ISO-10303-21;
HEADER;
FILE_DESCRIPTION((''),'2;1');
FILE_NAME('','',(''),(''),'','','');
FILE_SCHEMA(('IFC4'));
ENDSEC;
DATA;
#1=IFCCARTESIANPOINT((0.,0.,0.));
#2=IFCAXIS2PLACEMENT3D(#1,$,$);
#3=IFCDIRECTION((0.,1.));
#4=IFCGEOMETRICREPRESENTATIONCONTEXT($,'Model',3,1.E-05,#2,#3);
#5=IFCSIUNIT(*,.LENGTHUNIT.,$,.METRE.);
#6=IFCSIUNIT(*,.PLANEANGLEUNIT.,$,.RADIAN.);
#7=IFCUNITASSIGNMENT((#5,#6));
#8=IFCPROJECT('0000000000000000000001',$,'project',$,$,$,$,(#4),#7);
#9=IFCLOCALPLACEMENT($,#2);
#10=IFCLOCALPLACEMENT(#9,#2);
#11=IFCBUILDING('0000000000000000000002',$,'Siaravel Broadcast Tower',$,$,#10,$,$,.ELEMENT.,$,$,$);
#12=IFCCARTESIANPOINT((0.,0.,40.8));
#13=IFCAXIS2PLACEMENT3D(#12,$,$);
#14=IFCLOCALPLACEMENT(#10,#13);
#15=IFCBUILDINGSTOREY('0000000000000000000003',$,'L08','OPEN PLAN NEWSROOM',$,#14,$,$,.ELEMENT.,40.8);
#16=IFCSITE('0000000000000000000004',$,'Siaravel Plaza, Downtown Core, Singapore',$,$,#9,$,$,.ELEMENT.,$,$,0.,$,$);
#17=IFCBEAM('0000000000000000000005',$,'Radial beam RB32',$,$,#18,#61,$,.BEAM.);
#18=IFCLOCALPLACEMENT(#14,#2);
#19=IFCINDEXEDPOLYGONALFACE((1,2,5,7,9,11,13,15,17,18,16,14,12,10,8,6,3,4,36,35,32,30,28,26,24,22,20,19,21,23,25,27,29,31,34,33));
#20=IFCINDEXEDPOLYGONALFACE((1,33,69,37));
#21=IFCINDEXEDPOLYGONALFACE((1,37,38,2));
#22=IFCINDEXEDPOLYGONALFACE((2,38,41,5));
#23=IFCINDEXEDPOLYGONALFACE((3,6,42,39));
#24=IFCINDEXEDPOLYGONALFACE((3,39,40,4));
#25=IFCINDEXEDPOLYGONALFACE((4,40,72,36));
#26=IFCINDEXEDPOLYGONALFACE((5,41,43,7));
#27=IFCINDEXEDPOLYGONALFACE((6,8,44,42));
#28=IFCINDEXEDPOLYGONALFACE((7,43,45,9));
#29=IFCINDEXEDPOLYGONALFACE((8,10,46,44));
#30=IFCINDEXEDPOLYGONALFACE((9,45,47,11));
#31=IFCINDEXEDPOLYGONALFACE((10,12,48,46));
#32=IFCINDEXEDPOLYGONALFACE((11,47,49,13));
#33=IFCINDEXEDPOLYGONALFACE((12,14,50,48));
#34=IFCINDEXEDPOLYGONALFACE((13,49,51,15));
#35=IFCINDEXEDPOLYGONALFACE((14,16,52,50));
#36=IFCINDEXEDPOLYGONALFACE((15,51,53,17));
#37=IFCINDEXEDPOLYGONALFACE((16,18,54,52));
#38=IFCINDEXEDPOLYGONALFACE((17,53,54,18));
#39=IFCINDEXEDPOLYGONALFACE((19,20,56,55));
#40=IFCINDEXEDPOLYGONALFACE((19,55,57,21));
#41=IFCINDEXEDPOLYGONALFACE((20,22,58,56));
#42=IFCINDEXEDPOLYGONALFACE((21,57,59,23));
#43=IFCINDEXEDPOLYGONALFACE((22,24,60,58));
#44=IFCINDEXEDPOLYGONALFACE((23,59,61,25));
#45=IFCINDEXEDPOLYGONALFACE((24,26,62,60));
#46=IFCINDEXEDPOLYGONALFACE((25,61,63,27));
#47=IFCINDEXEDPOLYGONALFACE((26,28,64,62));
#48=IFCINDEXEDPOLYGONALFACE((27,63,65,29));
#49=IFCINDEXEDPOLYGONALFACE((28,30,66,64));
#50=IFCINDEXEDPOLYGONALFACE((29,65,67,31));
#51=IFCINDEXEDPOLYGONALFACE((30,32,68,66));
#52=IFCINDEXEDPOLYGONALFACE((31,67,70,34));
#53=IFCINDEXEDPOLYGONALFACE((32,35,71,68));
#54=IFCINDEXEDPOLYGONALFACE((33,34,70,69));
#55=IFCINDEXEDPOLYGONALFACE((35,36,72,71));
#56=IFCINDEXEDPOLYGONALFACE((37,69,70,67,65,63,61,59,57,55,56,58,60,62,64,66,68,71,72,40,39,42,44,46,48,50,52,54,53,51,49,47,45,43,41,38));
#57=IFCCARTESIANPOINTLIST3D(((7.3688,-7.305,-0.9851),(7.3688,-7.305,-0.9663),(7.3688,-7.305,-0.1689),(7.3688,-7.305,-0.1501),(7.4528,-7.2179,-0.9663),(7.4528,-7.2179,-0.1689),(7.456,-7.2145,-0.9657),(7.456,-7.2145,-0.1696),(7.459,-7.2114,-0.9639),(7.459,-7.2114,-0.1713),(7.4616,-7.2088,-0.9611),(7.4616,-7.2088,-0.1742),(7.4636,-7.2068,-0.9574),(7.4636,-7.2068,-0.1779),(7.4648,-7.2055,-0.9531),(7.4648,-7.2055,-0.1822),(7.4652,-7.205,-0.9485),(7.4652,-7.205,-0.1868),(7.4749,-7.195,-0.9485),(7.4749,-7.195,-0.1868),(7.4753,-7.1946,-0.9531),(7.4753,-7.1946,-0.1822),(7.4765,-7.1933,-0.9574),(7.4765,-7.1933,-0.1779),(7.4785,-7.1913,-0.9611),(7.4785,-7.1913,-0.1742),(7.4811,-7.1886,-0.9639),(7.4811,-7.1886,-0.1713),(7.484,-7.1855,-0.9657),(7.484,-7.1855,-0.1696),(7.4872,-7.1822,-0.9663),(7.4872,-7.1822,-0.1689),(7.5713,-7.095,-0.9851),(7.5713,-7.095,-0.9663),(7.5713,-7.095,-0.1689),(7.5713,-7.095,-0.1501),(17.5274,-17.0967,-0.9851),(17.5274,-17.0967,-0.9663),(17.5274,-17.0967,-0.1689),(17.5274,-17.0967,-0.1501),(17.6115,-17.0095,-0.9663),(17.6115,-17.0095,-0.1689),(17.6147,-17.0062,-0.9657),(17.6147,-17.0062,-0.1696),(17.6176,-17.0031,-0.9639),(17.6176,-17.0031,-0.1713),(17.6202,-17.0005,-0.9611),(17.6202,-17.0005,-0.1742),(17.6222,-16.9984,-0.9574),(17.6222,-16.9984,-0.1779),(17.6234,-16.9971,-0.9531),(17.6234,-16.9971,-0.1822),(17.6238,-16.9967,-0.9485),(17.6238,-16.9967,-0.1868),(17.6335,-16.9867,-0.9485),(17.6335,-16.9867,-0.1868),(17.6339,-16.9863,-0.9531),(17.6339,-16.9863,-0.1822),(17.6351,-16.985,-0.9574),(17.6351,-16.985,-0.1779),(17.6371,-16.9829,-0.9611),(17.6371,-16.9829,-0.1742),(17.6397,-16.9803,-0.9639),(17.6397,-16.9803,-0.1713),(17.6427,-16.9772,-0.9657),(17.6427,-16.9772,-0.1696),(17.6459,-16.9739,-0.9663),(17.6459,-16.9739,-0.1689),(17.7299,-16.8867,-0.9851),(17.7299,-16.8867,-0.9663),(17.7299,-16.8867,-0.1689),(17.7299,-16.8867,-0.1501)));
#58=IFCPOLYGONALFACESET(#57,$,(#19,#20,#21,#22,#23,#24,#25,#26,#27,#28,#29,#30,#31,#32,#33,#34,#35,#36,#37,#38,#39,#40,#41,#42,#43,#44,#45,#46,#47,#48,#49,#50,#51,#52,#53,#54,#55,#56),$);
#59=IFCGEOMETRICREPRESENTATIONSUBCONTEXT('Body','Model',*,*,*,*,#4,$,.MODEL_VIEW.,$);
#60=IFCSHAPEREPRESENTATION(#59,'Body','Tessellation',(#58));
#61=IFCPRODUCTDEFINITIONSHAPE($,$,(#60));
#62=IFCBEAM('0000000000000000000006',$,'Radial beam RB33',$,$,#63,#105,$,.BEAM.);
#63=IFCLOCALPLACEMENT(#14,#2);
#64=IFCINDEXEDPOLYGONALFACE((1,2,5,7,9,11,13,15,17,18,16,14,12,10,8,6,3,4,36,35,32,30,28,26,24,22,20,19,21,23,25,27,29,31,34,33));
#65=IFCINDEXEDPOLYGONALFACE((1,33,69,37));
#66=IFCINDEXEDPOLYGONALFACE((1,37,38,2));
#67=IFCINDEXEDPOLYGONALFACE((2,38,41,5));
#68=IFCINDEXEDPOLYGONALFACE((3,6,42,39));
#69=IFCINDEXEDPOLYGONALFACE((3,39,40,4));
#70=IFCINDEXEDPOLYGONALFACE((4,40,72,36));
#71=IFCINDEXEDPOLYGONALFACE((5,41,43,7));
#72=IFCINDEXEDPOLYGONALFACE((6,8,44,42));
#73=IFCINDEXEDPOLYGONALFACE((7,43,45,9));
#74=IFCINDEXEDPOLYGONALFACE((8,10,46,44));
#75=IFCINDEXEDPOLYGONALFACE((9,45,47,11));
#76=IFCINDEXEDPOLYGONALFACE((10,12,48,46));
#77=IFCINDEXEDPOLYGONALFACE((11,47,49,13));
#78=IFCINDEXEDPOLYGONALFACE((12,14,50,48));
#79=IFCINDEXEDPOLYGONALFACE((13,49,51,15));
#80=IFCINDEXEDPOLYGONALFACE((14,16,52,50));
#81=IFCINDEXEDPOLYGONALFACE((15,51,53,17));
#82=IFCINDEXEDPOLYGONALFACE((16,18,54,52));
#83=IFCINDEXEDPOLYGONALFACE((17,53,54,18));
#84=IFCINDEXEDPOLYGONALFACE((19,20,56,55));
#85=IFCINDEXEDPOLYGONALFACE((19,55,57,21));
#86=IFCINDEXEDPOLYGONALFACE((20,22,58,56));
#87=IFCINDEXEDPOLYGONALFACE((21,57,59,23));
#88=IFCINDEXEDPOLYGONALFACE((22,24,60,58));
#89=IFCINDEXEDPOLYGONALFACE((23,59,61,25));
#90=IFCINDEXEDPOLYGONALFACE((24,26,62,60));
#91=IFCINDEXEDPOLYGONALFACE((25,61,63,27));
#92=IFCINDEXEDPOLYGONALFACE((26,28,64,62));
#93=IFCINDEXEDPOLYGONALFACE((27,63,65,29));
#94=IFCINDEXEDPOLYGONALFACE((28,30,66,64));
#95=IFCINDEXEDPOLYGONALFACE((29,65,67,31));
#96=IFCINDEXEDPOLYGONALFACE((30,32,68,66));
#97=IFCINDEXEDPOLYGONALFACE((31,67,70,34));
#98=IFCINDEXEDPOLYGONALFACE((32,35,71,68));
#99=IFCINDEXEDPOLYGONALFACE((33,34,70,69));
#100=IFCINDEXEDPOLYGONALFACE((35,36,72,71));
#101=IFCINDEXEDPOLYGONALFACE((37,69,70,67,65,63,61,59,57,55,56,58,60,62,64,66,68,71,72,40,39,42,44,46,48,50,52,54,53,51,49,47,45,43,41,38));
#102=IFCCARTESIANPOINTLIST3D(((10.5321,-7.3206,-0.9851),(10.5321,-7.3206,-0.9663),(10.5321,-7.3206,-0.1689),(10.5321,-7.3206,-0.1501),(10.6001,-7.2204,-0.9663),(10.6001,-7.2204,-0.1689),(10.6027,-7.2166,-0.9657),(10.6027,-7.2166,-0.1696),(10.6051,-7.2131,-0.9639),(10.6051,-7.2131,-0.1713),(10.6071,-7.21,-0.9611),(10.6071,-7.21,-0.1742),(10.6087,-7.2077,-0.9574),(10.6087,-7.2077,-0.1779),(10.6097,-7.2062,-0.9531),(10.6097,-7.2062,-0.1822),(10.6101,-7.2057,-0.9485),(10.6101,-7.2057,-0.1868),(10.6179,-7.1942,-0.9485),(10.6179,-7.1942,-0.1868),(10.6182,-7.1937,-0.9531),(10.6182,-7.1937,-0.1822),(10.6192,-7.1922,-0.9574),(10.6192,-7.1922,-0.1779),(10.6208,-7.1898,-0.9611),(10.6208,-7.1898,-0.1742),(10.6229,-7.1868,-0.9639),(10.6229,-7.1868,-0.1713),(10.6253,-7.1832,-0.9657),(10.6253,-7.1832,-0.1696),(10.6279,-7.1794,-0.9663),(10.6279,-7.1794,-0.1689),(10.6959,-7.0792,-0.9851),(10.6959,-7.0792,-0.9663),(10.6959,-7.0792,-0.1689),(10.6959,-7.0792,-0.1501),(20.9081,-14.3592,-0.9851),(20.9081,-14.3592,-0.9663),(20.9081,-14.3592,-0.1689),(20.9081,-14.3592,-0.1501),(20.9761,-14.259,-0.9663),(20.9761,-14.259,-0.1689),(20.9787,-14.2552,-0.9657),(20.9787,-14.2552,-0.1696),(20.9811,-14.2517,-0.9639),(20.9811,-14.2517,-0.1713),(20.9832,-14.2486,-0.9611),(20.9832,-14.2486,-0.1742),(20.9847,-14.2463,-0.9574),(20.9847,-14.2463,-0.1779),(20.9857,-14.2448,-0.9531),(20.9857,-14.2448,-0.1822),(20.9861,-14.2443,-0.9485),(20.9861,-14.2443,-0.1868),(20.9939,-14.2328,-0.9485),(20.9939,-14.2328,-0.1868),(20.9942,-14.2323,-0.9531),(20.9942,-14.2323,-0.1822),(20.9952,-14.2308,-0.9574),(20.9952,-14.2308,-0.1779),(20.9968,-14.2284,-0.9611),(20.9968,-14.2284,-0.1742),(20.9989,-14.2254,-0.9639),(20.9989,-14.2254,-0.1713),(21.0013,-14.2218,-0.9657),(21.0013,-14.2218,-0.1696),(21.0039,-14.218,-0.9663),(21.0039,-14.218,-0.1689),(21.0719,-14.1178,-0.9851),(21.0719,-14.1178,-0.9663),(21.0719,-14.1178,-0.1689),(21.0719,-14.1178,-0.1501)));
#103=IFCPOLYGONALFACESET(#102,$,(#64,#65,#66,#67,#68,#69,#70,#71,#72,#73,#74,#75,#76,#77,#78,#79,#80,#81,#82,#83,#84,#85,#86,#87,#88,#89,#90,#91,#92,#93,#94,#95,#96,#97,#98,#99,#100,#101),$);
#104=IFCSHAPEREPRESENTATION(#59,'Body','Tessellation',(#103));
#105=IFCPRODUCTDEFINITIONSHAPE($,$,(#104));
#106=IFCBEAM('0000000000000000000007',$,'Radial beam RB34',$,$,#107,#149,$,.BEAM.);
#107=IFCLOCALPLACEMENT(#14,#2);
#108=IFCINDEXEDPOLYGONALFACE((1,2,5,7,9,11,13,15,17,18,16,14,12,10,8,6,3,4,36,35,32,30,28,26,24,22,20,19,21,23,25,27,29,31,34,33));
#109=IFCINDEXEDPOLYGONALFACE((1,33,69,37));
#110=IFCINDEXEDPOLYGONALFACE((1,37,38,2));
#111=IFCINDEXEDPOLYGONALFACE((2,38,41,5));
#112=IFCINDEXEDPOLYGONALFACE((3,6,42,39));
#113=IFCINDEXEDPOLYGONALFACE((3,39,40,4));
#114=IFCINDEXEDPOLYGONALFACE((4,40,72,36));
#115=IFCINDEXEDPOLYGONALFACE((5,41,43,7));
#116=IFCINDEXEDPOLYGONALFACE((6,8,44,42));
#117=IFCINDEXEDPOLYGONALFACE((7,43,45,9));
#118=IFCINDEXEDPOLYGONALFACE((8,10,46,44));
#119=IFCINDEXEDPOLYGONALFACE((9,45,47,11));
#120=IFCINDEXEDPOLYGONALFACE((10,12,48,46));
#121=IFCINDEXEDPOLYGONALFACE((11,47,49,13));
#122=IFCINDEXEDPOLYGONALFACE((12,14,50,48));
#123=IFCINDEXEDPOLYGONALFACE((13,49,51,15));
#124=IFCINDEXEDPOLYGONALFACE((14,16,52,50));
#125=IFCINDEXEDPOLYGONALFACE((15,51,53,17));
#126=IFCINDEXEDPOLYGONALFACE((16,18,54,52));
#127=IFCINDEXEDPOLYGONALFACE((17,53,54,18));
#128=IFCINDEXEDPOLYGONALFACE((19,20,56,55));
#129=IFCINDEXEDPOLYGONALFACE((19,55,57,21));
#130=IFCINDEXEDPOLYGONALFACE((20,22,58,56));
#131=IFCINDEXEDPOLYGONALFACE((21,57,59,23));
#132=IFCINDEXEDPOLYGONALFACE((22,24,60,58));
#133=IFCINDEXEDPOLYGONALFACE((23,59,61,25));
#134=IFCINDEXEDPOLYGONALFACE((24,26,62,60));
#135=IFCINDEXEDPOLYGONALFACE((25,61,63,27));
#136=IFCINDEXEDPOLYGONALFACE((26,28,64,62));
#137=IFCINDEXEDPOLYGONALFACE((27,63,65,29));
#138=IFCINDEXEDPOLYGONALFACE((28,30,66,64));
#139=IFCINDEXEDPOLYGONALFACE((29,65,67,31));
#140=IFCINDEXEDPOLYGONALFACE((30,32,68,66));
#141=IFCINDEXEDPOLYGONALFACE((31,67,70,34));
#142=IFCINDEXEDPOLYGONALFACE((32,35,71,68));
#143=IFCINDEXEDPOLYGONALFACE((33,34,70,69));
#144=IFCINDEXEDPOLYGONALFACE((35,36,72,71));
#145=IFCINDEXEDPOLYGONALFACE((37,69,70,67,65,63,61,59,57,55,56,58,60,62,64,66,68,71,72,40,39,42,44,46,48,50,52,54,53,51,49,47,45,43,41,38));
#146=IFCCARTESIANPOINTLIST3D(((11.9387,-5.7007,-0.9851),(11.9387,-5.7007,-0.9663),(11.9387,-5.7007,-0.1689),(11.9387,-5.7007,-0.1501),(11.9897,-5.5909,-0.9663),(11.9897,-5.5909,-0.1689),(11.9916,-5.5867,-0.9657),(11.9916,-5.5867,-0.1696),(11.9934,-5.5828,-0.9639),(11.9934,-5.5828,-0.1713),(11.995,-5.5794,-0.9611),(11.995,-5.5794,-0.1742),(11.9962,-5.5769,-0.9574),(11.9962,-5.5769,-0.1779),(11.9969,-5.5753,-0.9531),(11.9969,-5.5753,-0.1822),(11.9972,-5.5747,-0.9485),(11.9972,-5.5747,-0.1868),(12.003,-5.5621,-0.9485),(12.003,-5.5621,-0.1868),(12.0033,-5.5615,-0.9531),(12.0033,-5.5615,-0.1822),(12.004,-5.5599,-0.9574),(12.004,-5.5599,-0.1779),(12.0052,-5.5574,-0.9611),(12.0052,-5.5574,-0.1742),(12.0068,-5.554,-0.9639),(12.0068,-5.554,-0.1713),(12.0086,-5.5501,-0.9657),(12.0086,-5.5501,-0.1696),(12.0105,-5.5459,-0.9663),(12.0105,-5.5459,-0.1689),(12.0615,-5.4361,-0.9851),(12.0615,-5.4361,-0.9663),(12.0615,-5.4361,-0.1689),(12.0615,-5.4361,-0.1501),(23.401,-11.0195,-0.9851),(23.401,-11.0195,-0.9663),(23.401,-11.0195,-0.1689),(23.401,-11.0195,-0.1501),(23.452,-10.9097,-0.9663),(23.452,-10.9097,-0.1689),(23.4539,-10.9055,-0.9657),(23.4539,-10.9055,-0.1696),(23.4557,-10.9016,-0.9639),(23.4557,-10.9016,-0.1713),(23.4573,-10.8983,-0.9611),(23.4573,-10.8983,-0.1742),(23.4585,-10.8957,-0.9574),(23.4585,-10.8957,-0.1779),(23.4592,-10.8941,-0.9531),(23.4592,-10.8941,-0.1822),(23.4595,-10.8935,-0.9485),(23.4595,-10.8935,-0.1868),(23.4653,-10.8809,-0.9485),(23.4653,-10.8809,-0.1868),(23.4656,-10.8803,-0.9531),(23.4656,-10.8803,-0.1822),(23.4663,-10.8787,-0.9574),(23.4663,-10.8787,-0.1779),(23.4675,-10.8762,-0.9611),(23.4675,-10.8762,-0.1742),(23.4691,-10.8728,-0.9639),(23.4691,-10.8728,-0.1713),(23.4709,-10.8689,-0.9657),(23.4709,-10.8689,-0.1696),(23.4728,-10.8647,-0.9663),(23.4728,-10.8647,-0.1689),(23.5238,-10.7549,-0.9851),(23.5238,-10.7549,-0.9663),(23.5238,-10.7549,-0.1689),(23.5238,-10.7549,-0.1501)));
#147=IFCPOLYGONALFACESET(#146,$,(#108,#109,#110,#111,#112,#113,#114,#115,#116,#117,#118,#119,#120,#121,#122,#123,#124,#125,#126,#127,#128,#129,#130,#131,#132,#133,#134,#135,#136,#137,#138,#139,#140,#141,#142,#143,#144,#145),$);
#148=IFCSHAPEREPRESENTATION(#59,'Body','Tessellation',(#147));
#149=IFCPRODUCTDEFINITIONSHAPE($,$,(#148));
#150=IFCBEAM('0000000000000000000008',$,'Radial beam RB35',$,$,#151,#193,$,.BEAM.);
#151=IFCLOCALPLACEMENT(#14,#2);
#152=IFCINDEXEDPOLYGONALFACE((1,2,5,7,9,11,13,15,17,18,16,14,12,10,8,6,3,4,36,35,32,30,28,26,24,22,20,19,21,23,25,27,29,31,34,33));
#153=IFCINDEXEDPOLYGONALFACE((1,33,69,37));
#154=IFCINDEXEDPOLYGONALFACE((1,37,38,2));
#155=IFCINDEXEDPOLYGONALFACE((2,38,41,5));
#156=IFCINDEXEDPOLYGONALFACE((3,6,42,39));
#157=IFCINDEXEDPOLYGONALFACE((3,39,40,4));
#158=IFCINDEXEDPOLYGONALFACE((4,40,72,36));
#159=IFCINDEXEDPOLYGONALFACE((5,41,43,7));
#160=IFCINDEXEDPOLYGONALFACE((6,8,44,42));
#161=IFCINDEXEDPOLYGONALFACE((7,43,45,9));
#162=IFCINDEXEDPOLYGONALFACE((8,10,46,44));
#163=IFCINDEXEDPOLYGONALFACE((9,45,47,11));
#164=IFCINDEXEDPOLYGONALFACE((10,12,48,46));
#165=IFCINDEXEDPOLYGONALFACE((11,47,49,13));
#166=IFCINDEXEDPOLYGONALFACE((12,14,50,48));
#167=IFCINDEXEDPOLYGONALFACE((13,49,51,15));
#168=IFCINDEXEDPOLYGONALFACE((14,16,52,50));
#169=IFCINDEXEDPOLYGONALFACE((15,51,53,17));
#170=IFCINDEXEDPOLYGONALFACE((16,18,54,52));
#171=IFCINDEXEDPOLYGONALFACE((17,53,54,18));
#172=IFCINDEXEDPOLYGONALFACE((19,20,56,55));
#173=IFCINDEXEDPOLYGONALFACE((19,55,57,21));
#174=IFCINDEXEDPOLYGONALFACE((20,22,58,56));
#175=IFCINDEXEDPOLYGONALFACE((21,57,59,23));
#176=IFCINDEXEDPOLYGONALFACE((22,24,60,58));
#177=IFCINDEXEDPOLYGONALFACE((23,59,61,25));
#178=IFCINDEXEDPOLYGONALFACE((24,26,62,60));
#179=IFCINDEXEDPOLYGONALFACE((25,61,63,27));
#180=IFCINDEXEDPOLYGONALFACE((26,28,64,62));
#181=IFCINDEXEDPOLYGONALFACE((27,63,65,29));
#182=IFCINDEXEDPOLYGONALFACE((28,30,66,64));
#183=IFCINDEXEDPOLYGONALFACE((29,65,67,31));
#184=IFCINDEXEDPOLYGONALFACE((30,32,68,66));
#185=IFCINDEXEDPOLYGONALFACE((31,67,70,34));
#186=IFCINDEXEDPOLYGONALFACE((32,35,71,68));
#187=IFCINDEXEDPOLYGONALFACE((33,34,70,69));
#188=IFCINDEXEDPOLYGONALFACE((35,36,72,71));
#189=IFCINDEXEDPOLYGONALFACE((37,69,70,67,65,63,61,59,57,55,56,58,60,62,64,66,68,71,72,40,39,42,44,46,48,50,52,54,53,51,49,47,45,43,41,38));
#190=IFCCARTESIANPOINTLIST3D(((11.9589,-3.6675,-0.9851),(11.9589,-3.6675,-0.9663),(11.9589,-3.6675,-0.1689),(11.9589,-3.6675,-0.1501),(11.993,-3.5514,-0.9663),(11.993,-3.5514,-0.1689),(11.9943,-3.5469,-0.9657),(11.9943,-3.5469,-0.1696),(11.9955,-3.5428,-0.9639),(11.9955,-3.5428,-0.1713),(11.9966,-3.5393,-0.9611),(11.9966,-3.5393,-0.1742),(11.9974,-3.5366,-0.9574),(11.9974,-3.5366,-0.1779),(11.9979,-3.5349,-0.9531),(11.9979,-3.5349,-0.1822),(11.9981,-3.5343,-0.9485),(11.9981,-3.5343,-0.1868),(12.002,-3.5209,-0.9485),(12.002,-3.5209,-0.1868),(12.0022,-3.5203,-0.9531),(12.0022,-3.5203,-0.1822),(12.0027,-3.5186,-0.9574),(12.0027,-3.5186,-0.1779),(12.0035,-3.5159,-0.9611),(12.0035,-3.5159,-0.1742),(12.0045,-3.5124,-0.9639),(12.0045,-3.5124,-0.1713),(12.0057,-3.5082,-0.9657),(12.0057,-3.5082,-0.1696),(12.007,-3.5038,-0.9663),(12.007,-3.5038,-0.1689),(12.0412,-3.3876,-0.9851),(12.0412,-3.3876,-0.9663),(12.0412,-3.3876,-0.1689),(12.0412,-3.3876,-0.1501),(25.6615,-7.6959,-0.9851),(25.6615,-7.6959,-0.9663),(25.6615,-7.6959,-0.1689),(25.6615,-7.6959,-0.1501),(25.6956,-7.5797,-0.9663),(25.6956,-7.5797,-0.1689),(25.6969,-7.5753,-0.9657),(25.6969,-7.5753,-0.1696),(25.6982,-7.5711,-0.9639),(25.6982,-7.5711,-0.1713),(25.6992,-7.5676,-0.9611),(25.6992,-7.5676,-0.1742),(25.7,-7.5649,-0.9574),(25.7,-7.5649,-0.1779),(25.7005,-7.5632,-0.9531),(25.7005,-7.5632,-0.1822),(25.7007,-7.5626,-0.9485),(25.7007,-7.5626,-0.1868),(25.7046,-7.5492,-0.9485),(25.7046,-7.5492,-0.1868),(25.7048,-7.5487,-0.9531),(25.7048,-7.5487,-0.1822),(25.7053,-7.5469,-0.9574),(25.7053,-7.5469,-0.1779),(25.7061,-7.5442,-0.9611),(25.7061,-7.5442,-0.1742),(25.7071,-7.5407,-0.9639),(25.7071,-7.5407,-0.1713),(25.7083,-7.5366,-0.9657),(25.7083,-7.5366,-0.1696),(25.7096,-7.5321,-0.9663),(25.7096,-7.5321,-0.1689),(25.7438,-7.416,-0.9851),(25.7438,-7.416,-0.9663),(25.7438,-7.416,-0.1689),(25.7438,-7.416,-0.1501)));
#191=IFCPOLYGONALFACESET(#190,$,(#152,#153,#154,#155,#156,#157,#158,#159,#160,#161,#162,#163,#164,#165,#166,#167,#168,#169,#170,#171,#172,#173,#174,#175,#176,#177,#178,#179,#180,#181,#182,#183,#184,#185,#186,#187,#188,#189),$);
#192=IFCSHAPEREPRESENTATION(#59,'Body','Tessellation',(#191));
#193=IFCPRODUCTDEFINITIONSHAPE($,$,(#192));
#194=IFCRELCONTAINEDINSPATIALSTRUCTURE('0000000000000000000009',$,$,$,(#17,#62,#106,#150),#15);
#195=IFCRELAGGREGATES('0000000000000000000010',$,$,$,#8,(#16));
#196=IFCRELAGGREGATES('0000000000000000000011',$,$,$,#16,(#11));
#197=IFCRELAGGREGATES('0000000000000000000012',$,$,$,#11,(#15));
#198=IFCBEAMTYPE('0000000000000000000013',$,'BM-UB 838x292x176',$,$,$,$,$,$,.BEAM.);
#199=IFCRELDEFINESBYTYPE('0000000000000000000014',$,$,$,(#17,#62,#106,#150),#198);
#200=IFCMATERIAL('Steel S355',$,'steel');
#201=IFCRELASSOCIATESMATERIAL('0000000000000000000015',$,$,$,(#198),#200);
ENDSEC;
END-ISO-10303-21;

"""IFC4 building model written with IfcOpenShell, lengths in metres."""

from ifc_helpers import new_model, si_unit, direction, frame, origin, origin_2d, place, context, subcontext, project, spatial, i_section, extrude, material, material_profile, profile_set, type_object, element, save


model = new_model("IFC4")

# Units and contexts
model_context = context("Model", 3, precision=1e-05, world=origin(), true_north=direction((0.0, 1.0)))
body_context = subcontext(model_context, "Body", "Model", "MODEL_VIEW")
ifc_project = project(units=[si_unit("LENGTHUNIT", "METRE"), si_unit("PLANEANGLEUNIT", "RADIAN")], contexts=[model_context])

# Site, building, storey
site_placement = place(None, origin())
site = spatial("IfcSite", under=ifc_project, at=site_placement, Name="Siaravel Plaza, Downtown Core, Singapore", CompositionType="ELEMENT", RefElevation=0.0)
building_placement = place(site_placement, origin())
building = spatial("IfcBuilding", under=site, at=building_placement, Name="Siaravel Broadcast Tower", CompositionType="ELEMENT")
storey_placement = place(building_placement, frame((0.0, 0.0, 40.8)))
storey = spatial("IfcBuildingStorey", under=building, at=storey_placement, Name="L08", Description="OPEN PLAN NEWSROOM", CompositionType="ELEMENT", Elevation=40.8)

# Beams
ifc_material_1 = material(Name="Steel S355", Category="steel")
ifc_material_profile_1 = material_profile(ifc_material_1, i_section(OverallWidth=0.2917, OverallDepth=0.835, WebThickness=0.0139, FlangeThickness=0.0188, FilletRadius=0.0178, at=origin_2d()))
ifc_profile_set_1 = profile_set([ifc_material_profile_1], Name="Steel S355")
beam_type = type_object("IfcBeamType", Name="BM-UB 838x292x176", PredefinedType="BEAM", material=ifc_profile_set_1)
beam_1_placement = place(storey_placement, frame((17.6287, -16.9917, -0.5676), z_axis=(-0.719991, 0.693984, 0.0), x_axis=(-0.693984, -0.719991, 0.0)))
element("IfcBeam", 1, at=beam_1_placement, inside=storey, type_object=beam_type, Name="Radial beam RB32", PredefinedType="BEAM", context=body_context, shape_type="SweptSolid", body=[
    extrude(i_section(OverallWidth=0.2917, OverallDepth=0.835, WebThickness=0.0139, FlangeThickness=0.0188, FilletRadius=0.0178, at=origin_2d()), origin(), (0.0, 0.0, 1.0), 14.1094),
])
beam_2_placement = place(storey_placement, frame((20.99, -14.2385, -0.5676), z_axis=(-0.82756, 0.561378, 0.0), x_axis=(-0.561378, -0.82756, 0.0)))
element("IfcBeam", 2, at=beam_2_placement, inside=storey, type_object=beam_type, Name="Radial beam RB33", PredefinedType="BEAM", context=body_context, shape_type="SweptSolid", body=[
    extrude(i_section(OverallWidth=0.2917, OverallDepth=0.835, WebThickness=0.0139, FlangeThickness=0.0188, FilletRadius=0.0178, at=origin_2d()), origin(), (0.0, 0.0, 1.0), 12.5381),
])
beam_3_placement = place(storey_placement, frame((23.4624, -10.8872, -0.5676), z_axis=(-0.907099, 0.420917, 0.0), x_axis=(-0.420917, -0.907099, 0.0)))
element("IfcBeam", 3, at=beam_3_placement, inside=storey, type_object=beam_type, Name="Radial beam RB34", PredefinedType="BEAM", context=body_context, shape_type="SweptSolid", body=[
    extrude(i_section(OverallWidth=0.2917, OverallDepth=0.835, WebThickness=0.0139, FlangeThickness=0.0188, FilletRadius=0.0178, at=origin_2d()), origin(), (0.0, 0.0, 1.0), 12.6362),
])
beam_4_placement = place(storey_placement, frame((25.7026, -7.5559, -0.5676), z_axis=(-0.959401, 0.282046, 0.0), x_axis=(-0.282046, -0.959401, 0.0)))
element("IfcBeam", 4, at=beam_4_placement, inside=storey, type_object=beam_type, Name="Radial beam RB35", PredefinedType="BEAM", context=body_context, shape_type="SweptSolid", body=[
    extrude(i_section(OverallWidth=0.2917, OverallDepth=0.835, WebThickness=0.0139, FlangeThickness=0.0188, FilletRadius=0.0178, at=origin_2d()), origin(), (0.0, 0.0, 1.0), 14.2825),
])

save(model, "model.ifc")
